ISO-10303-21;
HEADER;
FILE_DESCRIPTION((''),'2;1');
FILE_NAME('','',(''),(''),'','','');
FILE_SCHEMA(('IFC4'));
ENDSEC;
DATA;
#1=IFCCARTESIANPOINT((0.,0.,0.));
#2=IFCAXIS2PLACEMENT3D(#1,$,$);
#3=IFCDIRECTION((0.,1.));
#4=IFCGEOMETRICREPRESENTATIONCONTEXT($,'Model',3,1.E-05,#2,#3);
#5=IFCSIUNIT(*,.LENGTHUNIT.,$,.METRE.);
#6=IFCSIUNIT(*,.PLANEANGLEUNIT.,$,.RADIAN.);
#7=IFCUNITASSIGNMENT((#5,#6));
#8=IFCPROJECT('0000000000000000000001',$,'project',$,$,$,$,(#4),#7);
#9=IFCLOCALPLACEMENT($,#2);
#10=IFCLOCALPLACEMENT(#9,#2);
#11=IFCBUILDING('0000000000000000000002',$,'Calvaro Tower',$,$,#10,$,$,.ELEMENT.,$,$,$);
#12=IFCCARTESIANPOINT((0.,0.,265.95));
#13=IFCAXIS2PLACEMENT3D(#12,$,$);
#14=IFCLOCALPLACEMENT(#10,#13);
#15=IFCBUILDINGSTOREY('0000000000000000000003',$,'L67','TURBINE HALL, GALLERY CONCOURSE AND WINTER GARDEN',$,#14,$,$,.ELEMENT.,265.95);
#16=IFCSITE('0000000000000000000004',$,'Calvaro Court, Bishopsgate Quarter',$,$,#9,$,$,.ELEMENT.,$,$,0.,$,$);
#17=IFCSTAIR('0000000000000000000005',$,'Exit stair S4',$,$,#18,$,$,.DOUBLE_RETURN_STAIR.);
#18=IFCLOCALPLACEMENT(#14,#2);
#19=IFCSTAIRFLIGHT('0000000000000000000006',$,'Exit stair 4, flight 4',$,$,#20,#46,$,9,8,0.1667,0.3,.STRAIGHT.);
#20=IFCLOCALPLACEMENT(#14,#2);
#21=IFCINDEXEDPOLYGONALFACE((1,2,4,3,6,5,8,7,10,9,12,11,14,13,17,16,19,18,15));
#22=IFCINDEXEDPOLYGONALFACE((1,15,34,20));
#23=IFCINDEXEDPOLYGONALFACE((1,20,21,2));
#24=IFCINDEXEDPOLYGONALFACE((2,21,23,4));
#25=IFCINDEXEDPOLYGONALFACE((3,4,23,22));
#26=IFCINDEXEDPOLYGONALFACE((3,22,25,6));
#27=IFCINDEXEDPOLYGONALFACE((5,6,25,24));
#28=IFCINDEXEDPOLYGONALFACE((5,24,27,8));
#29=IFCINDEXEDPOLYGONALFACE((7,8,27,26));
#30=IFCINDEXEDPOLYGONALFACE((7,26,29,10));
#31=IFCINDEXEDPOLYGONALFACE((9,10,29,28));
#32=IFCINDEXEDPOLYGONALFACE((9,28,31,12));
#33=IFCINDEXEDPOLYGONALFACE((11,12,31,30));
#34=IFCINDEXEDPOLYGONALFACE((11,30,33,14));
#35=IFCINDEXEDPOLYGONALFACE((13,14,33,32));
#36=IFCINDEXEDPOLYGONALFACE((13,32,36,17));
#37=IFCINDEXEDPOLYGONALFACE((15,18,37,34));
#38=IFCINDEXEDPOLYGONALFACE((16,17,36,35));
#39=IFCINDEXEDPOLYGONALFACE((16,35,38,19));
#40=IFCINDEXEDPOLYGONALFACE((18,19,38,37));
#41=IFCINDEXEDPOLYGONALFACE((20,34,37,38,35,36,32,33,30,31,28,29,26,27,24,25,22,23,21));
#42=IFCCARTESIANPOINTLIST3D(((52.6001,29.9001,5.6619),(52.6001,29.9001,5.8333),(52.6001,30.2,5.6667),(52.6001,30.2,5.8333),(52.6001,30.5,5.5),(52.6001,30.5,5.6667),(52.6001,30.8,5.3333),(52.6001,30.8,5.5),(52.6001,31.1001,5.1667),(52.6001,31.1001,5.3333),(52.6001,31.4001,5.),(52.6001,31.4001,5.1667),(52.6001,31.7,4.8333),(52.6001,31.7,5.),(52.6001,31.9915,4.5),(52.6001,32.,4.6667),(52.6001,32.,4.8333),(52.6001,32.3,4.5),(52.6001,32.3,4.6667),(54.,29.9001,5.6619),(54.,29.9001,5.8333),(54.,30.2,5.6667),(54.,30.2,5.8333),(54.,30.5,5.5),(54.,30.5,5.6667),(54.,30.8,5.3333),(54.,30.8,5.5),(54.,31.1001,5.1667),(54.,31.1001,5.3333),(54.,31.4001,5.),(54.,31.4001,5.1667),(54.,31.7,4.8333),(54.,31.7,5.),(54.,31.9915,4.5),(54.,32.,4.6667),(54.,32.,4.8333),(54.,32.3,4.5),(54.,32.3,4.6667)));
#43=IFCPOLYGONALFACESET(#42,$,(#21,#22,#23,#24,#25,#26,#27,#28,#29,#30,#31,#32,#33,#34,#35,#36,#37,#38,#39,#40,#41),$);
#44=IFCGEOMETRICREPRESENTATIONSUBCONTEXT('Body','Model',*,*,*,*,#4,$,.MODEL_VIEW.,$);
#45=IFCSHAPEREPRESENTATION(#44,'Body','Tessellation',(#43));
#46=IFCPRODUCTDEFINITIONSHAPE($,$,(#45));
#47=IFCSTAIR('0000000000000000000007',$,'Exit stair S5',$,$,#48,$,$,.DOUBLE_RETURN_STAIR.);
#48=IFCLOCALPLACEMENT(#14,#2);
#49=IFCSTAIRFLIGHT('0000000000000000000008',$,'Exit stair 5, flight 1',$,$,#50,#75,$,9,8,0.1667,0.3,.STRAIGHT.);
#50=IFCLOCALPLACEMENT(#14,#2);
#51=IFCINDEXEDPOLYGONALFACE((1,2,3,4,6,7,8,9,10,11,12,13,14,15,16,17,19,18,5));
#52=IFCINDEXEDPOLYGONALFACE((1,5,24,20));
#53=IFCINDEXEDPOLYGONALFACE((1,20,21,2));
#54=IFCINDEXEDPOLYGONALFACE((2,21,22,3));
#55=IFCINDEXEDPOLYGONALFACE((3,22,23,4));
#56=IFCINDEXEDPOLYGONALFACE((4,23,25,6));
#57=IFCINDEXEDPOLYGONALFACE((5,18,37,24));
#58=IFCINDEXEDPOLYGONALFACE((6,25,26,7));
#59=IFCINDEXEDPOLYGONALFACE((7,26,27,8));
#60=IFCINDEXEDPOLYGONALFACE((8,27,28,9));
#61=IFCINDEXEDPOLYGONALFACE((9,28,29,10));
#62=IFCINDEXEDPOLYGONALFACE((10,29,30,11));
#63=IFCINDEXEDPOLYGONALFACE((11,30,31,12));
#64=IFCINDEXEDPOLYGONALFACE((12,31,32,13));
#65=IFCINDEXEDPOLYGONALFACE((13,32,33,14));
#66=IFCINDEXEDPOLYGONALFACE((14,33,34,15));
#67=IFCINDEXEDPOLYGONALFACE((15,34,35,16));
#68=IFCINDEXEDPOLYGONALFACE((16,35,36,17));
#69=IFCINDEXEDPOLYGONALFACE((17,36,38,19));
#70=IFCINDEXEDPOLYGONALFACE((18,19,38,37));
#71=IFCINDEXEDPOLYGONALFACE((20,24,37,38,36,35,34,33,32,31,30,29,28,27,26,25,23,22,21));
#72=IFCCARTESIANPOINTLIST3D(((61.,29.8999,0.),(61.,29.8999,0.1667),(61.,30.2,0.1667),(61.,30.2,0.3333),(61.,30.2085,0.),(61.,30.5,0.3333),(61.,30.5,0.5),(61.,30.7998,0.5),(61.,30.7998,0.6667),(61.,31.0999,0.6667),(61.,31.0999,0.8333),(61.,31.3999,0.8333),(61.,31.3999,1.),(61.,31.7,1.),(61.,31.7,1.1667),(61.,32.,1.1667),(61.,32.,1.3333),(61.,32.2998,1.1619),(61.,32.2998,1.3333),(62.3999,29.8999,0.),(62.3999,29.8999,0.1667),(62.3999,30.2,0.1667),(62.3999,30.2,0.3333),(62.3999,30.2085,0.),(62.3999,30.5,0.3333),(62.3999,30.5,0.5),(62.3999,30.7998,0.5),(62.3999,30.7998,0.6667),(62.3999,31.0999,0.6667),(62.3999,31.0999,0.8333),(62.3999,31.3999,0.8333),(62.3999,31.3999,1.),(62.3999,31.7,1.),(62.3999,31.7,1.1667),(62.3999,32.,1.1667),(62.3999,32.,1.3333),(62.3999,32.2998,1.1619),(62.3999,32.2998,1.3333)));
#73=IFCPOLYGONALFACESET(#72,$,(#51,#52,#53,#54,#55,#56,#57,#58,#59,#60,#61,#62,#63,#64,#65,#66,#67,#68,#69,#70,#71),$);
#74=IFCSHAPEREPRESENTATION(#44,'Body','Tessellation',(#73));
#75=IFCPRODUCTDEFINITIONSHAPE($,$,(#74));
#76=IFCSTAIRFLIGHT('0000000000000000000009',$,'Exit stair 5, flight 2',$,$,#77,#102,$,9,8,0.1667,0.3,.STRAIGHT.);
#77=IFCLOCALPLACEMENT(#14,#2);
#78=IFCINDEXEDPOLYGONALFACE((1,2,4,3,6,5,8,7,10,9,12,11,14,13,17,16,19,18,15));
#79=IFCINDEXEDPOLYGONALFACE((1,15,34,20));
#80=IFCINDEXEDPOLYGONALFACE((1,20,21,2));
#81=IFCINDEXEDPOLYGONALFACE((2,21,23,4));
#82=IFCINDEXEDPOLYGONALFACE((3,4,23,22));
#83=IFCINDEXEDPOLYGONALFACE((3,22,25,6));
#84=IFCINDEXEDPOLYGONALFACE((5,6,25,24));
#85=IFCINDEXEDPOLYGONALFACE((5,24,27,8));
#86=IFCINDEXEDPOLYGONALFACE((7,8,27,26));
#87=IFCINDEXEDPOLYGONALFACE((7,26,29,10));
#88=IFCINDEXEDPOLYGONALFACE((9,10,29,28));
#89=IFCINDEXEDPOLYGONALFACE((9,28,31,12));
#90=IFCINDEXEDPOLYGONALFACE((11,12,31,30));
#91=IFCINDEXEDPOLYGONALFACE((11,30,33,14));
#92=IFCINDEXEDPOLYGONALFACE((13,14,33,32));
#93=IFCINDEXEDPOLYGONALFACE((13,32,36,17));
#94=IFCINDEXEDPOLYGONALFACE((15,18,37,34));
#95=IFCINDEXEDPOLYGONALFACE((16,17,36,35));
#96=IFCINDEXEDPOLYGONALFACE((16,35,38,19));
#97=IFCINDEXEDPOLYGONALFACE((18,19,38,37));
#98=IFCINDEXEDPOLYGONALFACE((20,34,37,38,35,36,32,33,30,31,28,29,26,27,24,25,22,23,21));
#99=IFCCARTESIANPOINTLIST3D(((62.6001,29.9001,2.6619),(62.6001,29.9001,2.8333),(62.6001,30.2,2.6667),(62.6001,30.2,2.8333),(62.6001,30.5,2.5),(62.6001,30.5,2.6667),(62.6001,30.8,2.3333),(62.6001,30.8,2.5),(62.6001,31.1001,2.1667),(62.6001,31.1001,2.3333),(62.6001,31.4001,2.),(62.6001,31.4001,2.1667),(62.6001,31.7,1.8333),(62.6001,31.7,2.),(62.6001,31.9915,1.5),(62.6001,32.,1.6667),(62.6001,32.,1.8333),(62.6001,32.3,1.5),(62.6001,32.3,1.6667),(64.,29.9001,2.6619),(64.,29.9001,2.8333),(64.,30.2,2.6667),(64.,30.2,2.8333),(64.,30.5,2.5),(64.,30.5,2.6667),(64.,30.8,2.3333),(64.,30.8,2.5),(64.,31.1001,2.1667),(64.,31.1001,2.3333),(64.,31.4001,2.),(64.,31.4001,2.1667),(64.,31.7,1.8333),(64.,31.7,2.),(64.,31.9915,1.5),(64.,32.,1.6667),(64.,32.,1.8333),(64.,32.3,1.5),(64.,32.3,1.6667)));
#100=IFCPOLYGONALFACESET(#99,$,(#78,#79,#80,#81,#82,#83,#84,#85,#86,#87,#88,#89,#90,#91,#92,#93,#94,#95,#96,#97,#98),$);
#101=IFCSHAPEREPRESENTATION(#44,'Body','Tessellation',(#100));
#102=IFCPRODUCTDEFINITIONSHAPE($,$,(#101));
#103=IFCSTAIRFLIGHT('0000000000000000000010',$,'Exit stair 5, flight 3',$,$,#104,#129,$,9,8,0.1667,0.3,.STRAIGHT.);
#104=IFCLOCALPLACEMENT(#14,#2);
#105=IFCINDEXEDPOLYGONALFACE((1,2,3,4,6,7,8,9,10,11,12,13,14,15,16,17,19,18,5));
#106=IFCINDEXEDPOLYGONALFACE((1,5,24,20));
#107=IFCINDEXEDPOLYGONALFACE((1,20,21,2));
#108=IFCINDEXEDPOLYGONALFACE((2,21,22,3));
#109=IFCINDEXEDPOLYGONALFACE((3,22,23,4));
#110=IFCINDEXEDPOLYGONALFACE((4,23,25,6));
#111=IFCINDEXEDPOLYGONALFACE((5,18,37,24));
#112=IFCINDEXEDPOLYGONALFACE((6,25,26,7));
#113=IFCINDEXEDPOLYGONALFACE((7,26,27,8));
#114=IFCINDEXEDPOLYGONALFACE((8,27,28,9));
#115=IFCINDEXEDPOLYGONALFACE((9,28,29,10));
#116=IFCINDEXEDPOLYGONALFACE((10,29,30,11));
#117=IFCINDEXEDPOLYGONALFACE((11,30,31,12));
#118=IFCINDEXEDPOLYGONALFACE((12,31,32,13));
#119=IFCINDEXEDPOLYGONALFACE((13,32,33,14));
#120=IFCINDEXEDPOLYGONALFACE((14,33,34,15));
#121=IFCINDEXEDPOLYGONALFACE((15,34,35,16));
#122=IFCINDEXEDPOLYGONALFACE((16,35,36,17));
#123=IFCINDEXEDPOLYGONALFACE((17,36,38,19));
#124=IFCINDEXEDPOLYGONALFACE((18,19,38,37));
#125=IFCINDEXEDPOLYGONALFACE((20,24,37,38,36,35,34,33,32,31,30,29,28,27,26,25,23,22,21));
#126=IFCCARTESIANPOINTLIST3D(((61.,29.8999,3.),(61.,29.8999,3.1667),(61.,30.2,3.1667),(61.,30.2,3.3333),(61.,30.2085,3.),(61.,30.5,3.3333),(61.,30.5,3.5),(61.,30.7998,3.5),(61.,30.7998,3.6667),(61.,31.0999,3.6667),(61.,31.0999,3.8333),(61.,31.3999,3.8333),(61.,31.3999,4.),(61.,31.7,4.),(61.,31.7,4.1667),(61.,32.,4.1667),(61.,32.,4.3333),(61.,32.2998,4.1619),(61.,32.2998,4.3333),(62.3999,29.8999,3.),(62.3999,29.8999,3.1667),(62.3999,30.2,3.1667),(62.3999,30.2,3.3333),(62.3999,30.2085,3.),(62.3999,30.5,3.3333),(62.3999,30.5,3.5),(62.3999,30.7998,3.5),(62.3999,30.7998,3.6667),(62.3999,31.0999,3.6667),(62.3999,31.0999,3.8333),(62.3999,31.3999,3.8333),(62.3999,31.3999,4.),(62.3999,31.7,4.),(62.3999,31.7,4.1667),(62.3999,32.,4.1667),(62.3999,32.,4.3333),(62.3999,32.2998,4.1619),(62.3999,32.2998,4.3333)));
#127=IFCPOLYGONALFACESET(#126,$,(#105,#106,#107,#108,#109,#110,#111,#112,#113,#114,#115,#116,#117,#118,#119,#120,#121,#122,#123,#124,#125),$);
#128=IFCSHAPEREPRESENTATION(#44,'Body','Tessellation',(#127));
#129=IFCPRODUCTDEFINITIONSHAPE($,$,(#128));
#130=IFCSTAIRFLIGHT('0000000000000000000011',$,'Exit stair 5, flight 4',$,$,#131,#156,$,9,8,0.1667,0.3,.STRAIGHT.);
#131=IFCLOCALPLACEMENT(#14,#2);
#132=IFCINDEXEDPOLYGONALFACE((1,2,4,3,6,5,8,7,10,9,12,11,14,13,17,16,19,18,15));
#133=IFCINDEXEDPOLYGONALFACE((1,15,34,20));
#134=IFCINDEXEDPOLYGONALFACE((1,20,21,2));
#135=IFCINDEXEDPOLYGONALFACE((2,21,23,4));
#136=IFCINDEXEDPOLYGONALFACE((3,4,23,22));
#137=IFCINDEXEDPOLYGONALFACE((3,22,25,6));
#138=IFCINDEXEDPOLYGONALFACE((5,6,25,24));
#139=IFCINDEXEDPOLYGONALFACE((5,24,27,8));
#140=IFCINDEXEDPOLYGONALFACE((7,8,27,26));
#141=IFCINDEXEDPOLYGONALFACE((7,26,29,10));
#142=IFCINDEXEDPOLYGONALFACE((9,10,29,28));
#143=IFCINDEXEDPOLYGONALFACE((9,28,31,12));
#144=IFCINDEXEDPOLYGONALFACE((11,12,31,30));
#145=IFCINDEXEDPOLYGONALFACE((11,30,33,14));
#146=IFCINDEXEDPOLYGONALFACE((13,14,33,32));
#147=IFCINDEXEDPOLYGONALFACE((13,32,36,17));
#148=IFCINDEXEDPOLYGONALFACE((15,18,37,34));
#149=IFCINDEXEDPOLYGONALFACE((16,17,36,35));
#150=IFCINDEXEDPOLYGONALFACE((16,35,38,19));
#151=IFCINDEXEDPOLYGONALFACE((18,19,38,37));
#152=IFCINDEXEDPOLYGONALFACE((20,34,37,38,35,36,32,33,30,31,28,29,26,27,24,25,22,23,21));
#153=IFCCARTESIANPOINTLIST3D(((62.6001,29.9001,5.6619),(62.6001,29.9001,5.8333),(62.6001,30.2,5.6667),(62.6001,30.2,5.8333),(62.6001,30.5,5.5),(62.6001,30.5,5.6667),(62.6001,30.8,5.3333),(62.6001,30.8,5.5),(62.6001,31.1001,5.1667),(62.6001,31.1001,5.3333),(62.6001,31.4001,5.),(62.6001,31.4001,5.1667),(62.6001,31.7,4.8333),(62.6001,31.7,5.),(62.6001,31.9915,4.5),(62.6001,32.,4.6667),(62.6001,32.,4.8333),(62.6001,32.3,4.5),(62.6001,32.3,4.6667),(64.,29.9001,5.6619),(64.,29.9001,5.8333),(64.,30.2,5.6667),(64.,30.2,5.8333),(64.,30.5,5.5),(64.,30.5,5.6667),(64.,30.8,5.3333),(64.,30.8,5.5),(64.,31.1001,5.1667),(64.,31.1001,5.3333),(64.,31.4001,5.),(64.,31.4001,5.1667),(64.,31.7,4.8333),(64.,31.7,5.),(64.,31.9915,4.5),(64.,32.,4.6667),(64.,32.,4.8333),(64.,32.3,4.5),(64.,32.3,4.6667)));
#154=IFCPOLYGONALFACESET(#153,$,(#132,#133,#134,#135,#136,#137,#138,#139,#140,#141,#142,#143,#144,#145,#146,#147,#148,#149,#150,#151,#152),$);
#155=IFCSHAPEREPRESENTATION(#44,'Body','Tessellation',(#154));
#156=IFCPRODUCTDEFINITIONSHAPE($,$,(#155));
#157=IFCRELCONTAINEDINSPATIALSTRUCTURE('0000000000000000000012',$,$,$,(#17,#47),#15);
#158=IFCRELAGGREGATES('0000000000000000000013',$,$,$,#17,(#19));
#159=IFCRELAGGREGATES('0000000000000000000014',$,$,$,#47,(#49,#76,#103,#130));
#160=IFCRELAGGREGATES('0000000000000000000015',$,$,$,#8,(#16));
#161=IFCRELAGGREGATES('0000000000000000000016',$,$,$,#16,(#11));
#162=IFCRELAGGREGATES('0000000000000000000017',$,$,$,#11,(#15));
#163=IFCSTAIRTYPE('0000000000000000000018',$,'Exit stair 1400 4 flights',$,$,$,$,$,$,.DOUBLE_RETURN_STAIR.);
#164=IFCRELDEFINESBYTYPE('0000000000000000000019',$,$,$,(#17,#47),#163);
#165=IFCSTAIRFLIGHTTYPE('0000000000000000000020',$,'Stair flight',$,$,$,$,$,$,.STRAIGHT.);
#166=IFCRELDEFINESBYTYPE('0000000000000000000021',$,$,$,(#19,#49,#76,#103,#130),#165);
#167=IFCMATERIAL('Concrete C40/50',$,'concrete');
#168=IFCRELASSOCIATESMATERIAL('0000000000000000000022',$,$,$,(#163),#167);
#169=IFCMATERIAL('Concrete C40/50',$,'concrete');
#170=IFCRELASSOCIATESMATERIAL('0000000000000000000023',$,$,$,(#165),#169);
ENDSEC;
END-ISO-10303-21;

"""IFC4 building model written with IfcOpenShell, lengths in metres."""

from ifc_helpers import new_model, si_unit, direction, frame, origin, place, context, subcontext, project, spatial, polyline, outline, extrude, material, type_object, element, aggregate, save


model = new_model("IFC4")

# Units and contexts
model_context = context("Model", 3, precision=1e-05, world=origin(), true_north=direction((0.0, 1.0)))
body_context = subcontext(model_context, "Body", "Model", "MODEL_VIEW")
ifc_project = project(units=[si_unit("LENGTHUNIT", "METRE"), si_unit("PLANEANGLEUNIT", "RADIAN")], contexts=[model_context])

# Site, building, storey
site_placement = place(None, origin())
site = spatial("IfcSite", under=ifc_project, at=site_placement, Name="Calvaro Court, Bishopsgate Quarter", CompositionType="ELEMENT", RefElevation=0.0)
building_placement = place(site_placement, origin())
building = spatial("IfcBuilding", under=site, at=building_placement, Name="Calvaro Tower", CompositionType="ELEMENT")
storey_placement = place(building_placement, frame((0.0, 0.0, 265.95)))
storey = spatial("IfcBuildingStorey", under=building, at=storey_placement, Name="L67", Description="TURBINE HALL, GALLERY CONCOURSE AND WINTER GARDEN", CompositionType="ELEMENT", Elevation=265.95)

# Stairs, stair flights
ifc_material_1 = material(Name="Concrete C40/50", Category="concrete")
stair_type = type_object("IfcStairType", Name="Exit stair 1400 4 flights", PredefinedType="DOUBLE_RETURN_STAIR", material=ifc_material_1)
stair_1_placement = place(storey_placement, origin())
stair_1 = element("IfcStair", 1, at=stair_1_placement, inside=storey, type_object=stair_type, Name="Exit stair S4", PredefinedType="DOUBLE_RETURN_STAIR")
ifc_material_2 = material(Name="Concrete C40/50", Category="concrete")
stair_flight_type = type_object("IfcStairFlightType", Name="Stair flight", PredefinedType="STRAIGHT", material=ifc_material_2)
stair_flight_1_placement = place(storey_placement, frame((53.3, 32.3, 4.5), z_axis=(0.0, 0.0, 1.0), x_axis=(0.0, -1.0, 0.0)))
stair_flight_1 = element("IfcStairFlight", 2, at=stair_flight_1_placement, type_object=stair_flight_type, Name="Exit stair 4, flight 4", NumberOfRisers=9, NumberOfTreads=8, PredefinedType="STRAIGHT", RiserHeight=0.1667, TreadLength=0.3, context=body_context, shape_type="SweptSolid", body=[
    extrude(outline(polyline([(0.0, 0.0), (0.0, 0.1667), (0.3, 0.1667), (0.3, 0.3333), (0.6001, 0.3333), (0.6001, 0.5), (0.8999, 0.5), (0.8999, 0.6667), (1.2, 0.6667), (1.2, 0.8333), (1.5, 0.8333), (1.5, 1.0), (1.8, 1.0), (1.8, 1.1667), (2.1001, 1.1667), (2.1001, 1.3333), (2.3999, 1.3333), (2.3999, 1.5), (2.3999, 1.1619), (0.3086, 0.0), (0.0, 0.0)])), frame((0.0, 0.7, 0.0), z_axis=(0.0, -1.0, 0.0), x_axis=(1.0, 0.0, 0.0)), (0.0, 0.0, 1.0), 1.3999),
])
stair_2_placement = place(storey_placement, origin())
stair_2 = element("IfcStair", 3, at=stair_2_placement, inside=storey, type_object=stair_type, Name="Exit stair S5", PredefinedType="DOUBLE_RETURN_STAIR")
stair_flight_2_placement = place(storey_placement, frame((61.7, 29.8999, 0.0), z_axis=(0.0, 0.0, 1.0), x_axis=(0.0, 1.0, 0.0)))
stair_flight_2 = element("IfcStairFlight", 4, at=stair_flight_2_placement, type_object=stair_flight_type, Name="Exit stair 5, flight 1", NumberOfRisers=9, NumberOfTreads=8, PredefinedType="STRAIGHT", RiserHeight=0.1667, TreadLength=0.3, context=body_context, shape_type="SweptSolid", body=[
    extrude(outline(polyline([(0.0, 0.0), (0.0, 0.1667), (0.3, 0.1667), (0.3, 0.3333), (0.6001, 0.3333), (0.6001, 0.5), (0.8999, 0.5), (0.8999, 0.6667), (1.2, 0.6667), (1.2, 0.8333), (1.5, 0.8333), (1.5, 1.0), (1.8, 1.0), (1.8, 1.1667), (2.1001, 1.1667), (2.1001, 1.3333), (2.3999, 1.3333), (2.3999, 1.5), (2.3999, 1.1619), (0.3086, 0.0), (0.0, 0.0)])), frame((0.0, 0.7, 0.0), z_axis=(0.0, -1.0, 0.0), x_axis=(1.0, 0.0, 0.0)), (0.0, 0.0, 1.0), 1.3999),
])
stair_flight_3_placement = place(storey_placement, frame((63.3, 32.3, 1.5), z_axis=(0.0, 0.0, 1.0), x_axis=(0.0, -1.0, 0.0)))
stair_flight_3 = element("IfcStairFlight", 5, at=stair_flight_3_placement, type_object=stair_flight_type, Name="Exit stair 5, flight 2", NumberOfRisers=9, NumberOfTreads=8, PredefinedType="STRAIGHT", RiserHeight=0.1667, TreadLength=0.3, context=body_context, shape_type="SweptSolid", body=[
    extrude(outline(polyline([(0.0, 0.0), (0.0, 0.1667), (0.3, 0.1667), (0.3, 0.3333), (0.6001, 0.3333), (0.6001, 0.5), (0.8999, 0.5), (0.8999, 0.6667), (1.2, 0.6667), (1.2, 0.8333), (1.5, 0.8333), (1.5, 1.0), (1.8, 1.0), (1.8, 1.1667), (2.1001, 1.1667), (2.1001, 1.3333), (2.3999, 1.3333), (2.3999, 1.5), (2.3999, 1.1619), (0.3086, 0.0), (0.0, 0.0)])), frame((0.0, 0.7, 0.0), z_axis=(0.0, -1.0, 0.0), x_axis=(1.0, 0.0, 0.0)), (0.0, 0.0, 1.0), 1.3999),
])
stair_flight_4_placement = place(storey_placement, frame((61.7, 29.8999, 3.0), z_axis=(0.0, 0.0, 1.0), x_axis=(0.0, 1.0, 0.0)))
stair_flight_4 = element("IfcStairFlight", 6, at=stair_flight_4_placement, type_object=stair_flight_type, Name="Exit stair 5, flight 3", NumberOfRisers=9, NumberOfTreads=8, PredefinedType="STRAIGHT", RiserHeight=0.1667, TreadLength=0.3, context=body_context, shape_type="SweptSolid", body=[
    extrude(outline(polyline([(0.0, 0.0), (0.0, 0.1667), (0.3, 0.1667), (0.3, 0.3333), (0.6001, 0.3333), (0.6001, 0.5), (0.8999, 0.5), (0.8999, 0.6667), (1.2, 0.6667), (1.2, 0.8333), (1.5, 0.8333), (1.5, 1.0), (1.8, 1.0), (1.8, 1.1667), (2.1001, 1.1667), (2.1001, 1.3333), (2.3999, 1.3333), (2.3999, 1.5), (2.3999, 1.1619), (0.3086, 0.0), (0.0, 0.0)])), frame((0.0, 0.7, 0.0), z_axis=(0.0, -1.0, 0.0), x_axis=(1.0, 0.0, 0.0)), (0.0, 0.0, 1.0), 1.3999),
])
stair_flight_5_placement = place(storey_placement, frame((63.3, 32.3, 4.5), z_axis=(0.0, 0.0, 1.0), x_axis=(0.0, -1.0, 0.0)))
stair_flight_5 = element("IfcStairFlight", 7, at=stair_flight_5_placement, type_object=stair_flight_type, Name="Exit stair 5, flight 4", NumberOfRisers=9, NumberOfTreads=8, PredefinedType="STRAIGHT", RiserHeight=0.1667, TreadLength=0.3, context=body_context, shape_type="SweptSolid", body=[
    extrude(outline(polyline([(0.0, 0.0), (0.0, 0.1667), (0.3, 0.1667), (0.3, 0.3333), (0.6001, 0.3333), (0.6001, 0.5), (0.8999, 0.5), (0.8999, 0.6667), (1.2, 0.6667), (1.2, 0.8333), (1.5, 0.8333), (1.5, 1.0), (1.8, 1.0), (1.8, 1.1667), (2.1001, 1.1667), (2.1001, 1.3333), (2.3999, 1.3333), (2.3999, 1.5), (2.3999, 1.1619), (0.3086, 0.0), (0.0, 0.0)])), frame((0.0, 0.7, 0.0), z_axis=(0.0, -1.0, 0.0), x_axis=(1.0, 0.0, 0.0)), (0.0, 0.0, 1.0), 1.3999),
])

aggregate(stair_1, [stair_flight_1])
aggregate(stair_2, [stair_flight_2, stair_flight_3, stair_flight_4, stair_flight_5])

save(model, "model.ifc")
